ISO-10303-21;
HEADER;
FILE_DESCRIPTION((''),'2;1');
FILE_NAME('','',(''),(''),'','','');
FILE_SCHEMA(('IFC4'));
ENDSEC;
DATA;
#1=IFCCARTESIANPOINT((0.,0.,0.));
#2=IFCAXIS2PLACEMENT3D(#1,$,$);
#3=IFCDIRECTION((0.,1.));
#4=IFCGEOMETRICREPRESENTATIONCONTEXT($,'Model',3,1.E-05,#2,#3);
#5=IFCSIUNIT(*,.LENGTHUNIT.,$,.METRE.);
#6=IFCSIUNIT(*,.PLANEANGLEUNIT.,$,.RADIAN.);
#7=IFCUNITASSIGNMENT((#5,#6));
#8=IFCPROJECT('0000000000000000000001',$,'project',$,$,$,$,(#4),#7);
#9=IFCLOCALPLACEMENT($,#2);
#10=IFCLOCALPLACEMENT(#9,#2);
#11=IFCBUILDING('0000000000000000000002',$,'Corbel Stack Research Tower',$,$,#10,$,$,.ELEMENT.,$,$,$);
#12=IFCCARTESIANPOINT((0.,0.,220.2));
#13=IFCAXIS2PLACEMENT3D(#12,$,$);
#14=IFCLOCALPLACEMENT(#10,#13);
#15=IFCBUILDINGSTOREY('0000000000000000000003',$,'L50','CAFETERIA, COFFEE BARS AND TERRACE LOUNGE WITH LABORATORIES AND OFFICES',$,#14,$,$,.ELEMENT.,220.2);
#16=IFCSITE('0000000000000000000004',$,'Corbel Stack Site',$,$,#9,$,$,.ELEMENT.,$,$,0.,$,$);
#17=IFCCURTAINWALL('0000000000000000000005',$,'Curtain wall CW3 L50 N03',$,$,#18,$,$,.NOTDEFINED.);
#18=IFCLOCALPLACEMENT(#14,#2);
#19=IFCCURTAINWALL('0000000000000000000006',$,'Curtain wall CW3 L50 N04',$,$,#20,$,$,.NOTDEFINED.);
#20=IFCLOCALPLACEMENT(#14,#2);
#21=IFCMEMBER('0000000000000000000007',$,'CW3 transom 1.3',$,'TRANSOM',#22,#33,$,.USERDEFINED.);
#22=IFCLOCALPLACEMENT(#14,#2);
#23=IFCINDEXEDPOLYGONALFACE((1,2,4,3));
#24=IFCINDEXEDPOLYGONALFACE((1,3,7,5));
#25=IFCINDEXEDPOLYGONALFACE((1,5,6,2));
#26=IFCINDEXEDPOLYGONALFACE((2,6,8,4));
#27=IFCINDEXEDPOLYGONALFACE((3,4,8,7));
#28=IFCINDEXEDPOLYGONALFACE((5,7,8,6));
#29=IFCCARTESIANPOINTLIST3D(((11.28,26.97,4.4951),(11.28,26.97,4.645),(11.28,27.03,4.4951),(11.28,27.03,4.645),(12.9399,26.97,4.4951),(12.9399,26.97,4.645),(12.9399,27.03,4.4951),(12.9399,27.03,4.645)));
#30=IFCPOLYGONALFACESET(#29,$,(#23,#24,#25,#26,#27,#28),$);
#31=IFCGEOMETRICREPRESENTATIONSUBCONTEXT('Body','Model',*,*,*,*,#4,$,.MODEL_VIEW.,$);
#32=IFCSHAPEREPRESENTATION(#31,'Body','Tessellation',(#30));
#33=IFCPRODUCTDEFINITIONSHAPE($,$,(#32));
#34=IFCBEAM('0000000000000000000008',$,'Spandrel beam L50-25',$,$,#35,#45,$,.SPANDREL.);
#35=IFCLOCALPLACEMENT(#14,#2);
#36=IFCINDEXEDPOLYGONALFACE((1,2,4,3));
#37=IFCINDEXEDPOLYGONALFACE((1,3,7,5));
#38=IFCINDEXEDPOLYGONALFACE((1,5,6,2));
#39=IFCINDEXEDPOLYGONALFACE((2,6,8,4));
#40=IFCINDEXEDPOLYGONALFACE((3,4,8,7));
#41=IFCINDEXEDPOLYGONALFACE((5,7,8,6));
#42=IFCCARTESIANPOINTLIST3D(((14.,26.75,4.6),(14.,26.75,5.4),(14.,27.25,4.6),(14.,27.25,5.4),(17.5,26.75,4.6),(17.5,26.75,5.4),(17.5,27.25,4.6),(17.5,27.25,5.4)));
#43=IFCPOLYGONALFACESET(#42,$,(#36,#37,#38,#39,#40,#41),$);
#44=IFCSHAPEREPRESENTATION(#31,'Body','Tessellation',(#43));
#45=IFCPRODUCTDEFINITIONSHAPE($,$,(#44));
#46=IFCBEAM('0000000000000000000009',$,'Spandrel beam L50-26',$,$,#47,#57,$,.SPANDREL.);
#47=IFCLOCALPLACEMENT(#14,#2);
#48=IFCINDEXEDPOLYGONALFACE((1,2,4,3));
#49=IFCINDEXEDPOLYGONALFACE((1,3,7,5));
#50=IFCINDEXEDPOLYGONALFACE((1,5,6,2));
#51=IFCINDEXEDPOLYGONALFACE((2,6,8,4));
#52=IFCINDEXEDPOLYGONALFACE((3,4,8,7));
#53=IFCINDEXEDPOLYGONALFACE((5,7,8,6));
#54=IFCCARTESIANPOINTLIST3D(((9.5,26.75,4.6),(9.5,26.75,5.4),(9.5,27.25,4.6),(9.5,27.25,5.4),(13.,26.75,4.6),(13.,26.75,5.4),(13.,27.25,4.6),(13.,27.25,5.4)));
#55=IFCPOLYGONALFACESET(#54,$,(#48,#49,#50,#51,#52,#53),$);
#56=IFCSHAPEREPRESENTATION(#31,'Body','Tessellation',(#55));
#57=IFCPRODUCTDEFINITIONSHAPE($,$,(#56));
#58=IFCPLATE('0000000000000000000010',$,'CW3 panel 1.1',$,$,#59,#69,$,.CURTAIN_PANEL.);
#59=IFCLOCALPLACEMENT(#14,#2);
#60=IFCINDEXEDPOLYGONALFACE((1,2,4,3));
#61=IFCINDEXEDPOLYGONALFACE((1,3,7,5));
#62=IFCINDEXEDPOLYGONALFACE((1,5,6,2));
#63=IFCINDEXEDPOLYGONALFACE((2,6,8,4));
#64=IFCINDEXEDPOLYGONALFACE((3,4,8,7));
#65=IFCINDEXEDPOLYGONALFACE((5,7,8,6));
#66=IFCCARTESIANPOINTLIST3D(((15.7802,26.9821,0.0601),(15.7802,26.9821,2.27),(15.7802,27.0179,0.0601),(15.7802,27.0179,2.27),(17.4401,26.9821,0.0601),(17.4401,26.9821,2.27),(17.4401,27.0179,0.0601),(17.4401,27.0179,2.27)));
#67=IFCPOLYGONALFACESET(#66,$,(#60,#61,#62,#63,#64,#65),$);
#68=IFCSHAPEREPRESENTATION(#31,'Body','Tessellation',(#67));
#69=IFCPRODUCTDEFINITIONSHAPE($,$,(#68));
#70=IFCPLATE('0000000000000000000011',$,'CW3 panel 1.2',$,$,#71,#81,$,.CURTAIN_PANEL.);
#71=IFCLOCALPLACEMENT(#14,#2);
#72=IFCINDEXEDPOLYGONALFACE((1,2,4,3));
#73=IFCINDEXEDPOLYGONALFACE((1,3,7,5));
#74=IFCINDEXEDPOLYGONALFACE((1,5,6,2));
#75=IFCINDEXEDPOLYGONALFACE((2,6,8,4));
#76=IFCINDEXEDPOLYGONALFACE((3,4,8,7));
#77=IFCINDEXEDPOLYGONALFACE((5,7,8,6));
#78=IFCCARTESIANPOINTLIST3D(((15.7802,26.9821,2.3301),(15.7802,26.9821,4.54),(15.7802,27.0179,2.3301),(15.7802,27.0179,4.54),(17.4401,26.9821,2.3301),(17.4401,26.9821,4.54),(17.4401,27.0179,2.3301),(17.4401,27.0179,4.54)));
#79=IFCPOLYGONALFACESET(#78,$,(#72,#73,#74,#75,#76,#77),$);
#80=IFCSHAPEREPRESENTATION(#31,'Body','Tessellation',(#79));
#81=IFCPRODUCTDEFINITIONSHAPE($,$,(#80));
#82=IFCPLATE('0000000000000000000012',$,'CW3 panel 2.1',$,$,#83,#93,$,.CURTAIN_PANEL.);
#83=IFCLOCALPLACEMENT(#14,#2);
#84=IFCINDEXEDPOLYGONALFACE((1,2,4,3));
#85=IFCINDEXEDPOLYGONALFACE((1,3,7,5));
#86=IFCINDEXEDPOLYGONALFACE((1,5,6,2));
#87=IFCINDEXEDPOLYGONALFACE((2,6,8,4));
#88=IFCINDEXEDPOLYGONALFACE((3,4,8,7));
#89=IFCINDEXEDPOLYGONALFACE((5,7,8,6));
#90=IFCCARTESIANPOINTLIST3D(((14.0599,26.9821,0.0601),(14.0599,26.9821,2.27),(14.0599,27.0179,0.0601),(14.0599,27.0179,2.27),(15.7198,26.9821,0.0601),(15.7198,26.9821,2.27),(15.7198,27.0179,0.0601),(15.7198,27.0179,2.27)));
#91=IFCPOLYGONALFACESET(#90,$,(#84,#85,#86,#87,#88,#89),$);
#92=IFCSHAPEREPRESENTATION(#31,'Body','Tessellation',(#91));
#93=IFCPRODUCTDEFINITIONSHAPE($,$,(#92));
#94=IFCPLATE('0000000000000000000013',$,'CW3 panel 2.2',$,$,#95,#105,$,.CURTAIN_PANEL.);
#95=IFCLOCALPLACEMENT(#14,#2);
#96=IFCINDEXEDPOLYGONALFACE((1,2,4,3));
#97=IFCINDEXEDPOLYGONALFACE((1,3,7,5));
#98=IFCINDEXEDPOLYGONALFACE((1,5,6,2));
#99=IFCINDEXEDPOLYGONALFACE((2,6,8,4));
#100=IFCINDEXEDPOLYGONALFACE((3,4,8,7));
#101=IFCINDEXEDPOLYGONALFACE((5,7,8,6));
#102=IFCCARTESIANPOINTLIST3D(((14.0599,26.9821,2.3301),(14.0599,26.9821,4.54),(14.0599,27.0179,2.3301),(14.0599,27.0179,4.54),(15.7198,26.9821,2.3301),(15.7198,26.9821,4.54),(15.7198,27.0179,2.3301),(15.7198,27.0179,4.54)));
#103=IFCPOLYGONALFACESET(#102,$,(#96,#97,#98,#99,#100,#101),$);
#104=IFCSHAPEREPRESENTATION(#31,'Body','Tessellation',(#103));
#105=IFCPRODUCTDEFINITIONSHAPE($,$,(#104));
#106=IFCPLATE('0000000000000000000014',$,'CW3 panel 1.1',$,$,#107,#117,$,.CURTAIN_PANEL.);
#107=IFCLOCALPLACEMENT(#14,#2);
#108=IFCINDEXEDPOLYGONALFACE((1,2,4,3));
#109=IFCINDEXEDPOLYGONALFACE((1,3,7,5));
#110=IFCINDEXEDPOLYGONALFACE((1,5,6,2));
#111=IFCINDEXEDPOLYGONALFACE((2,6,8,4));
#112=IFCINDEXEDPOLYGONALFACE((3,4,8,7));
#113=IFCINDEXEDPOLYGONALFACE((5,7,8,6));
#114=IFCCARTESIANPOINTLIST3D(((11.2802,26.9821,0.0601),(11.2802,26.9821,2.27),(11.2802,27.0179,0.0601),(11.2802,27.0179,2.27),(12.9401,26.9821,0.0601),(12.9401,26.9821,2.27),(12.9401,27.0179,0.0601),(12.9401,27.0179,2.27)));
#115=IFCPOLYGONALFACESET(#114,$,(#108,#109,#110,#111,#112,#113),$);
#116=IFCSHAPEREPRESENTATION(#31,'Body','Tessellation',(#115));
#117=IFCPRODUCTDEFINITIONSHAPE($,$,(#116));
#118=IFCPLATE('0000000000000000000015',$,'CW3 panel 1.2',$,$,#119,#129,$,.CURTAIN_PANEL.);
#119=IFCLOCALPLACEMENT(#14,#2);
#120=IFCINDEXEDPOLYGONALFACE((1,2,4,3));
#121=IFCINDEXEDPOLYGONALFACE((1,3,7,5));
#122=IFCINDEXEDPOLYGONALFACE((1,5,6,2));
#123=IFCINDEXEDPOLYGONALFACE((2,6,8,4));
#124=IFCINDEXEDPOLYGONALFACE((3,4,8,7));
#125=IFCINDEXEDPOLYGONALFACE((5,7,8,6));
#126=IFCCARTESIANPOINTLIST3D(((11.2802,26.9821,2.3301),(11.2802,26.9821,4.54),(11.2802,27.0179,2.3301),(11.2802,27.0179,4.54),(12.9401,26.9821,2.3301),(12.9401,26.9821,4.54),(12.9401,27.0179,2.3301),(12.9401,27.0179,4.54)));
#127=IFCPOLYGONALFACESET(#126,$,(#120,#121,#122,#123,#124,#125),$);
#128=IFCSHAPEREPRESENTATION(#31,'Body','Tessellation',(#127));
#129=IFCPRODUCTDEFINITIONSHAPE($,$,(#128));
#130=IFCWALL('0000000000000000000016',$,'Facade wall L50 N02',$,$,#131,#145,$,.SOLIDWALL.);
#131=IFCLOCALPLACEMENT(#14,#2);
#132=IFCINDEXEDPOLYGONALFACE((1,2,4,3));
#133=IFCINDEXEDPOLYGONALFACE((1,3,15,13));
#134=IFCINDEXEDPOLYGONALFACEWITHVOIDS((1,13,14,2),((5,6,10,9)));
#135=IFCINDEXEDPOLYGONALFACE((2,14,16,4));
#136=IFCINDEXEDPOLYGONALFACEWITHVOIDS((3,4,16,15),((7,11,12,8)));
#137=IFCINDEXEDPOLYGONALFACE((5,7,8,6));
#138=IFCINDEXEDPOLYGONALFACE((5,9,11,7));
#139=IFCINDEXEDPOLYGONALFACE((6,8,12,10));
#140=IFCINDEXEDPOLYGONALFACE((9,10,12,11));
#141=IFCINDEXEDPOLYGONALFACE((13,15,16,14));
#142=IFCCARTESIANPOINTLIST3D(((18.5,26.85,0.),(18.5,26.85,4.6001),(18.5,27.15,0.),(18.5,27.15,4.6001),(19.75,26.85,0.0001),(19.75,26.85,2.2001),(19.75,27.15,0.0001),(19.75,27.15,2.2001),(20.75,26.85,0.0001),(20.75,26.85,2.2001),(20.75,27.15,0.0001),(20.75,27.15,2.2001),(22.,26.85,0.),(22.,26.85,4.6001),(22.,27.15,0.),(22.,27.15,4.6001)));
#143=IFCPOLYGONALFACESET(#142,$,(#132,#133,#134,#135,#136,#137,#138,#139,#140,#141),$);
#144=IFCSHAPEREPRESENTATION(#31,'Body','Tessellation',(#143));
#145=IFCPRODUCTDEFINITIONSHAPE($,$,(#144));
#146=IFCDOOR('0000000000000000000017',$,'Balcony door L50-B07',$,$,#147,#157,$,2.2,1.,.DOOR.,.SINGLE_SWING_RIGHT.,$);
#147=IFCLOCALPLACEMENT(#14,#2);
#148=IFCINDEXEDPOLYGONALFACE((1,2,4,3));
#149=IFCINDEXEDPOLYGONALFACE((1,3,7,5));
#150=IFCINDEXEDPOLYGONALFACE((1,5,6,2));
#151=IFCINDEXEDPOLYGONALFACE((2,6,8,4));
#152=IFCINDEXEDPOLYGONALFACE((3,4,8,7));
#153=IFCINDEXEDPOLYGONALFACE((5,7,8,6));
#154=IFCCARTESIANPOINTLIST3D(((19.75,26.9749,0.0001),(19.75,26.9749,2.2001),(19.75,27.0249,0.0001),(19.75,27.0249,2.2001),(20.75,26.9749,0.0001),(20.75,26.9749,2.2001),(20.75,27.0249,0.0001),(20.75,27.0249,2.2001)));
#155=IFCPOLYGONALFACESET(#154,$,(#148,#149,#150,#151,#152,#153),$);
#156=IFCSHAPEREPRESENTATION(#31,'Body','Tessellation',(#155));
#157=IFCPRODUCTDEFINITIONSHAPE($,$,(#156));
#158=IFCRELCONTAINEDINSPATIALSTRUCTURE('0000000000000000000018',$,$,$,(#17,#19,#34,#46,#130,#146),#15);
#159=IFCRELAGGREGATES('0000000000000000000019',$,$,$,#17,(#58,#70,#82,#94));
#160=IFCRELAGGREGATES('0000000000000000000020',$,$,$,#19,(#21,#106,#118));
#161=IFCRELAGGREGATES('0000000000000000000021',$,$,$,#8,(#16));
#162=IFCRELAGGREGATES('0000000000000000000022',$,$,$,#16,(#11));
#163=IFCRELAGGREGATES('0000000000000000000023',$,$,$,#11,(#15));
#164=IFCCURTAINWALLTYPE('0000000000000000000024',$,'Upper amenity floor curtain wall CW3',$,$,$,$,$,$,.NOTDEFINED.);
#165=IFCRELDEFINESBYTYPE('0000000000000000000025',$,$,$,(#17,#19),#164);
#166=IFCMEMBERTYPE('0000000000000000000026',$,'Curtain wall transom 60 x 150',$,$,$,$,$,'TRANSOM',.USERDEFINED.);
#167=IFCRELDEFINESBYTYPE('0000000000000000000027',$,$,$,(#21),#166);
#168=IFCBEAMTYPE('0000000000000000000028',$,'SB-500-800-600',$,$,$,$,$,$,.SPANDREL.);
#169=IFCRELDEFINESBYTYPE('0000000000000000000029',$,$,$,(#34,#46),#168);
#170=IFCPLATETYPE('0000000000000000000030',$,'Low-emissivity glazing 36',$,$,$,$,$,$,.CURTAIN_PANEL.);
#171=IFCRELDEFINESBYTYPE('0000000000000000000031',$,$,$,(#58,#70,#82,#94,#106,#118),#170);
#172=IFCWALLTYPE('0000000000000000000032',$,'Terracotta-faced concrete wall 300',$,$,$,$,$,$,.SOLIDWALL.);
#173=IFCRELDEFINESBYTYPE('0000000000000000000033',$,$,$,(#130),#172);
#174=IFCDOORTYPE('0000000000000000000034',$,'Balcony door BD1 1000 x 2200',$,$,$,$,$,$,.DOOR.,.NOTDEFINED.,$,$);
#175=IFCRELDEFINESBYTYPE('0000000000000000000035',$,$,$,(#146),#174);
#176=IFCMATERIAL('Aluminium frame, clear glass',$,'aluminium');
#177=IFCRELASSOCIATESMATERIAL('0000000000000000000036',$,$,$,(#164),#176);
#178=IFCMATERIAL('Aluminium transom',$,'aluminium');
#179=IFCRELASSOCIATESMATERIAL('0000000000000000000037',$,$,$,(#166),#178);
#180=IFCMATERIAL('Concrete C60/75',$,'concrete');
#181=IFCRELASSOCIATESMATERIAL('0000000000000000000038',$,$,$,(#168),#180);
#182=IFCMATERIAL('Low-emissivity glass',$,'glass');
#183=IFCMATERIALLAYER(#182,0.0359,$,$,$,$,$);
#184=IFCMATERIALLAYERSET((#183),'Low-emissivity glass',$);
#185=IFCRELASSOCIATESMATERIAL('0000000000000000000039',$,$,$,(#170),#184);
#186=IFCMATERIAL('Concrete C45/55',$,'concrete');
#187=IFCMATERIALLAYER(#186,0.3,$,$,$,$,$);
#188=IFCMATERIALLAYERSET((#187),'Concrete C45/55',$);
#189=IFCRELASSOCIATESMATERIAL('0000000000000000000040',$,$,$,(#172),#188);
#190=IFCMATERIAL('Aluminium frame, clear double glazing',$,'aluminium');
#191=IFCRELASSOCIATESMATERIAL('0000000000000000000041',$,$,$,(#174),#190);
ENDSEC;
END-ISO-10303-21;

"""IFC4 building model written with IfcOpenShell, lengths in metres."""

from ifc_helpers import new_model, si_unit, direction, frame, frame_2d, origin, origin_2d, place, context, subcontext, project, spatial, rectangle, extrude, material, layer, layer_set, material_profile, profile_set, type_object, element, fill, aggregate, save


model = new_model("IFC4")

# Units and contexts
model_context = context("Model", 3, precision=1e-05, world=origin(), true_north=direction((0.0, 1.0)))
body_context = subcontext(model_context, "Body", "Model", "MODEL_VIEW")
ifc_project = project(units=[si_unit("LENGTHUNIT", "METRE"), si_unit("PLANEANGLEUNIT", "RADIAN")], contexts=[model_context])

# Site, building, storey
site_placement = place(None, origin())
site = spatial("IfcSite", under=ifc_project, at=site_placement, Name="Corbel Stack Site", CompositionType="ELEMENT", RefElevation=0.0)
building_placement = place(site_placement, origin())
building = spatial("IfcBuilding", under=site, at=building_placement, Name="Corbel Stack Research Tower", CompositionType="ELEMENT")
storey_placement = place(building_placement, frame((0.0, 0.0, 220.2)))
storey = spatial("IfcBuildingStorey", under=building, at=storey_placement, Name="L50", Description="CAFETERIA, COFFEE BARS AND TERRACE LOUNGE WITH LABORATORIES AND OFFICES", CompositionType="ELEMENT", Elevation=220.2)

# Curtain walls
ifc_material_1 = material(Name="Aluminium frame, clear glass", Category="aluminium")
curtain_wall_type = type_object("IfcCurtainWallType", Name="Upper amenity floor curtain wall CW3", PredefinedType="NOTDEFINED", material=ifc_material_1)
curtain_wall_1_placement = place(storey_placement, origin())
curtain_wall_1 = element("IfcCurtainWall", 1, at=curtain_wall_1_placement, inside=storey, type_object=curtain_wall_type, Name="Curtain wall CW3 L50 N03", PredefinedType="NOTDEFINED")
curtain_wall_2_placement = place(storey_placement, origin())
curtain_wall_2 = element("IfcCurtainWall", 2, at=curtain_wall_2_placement, inside=storey, type_object=curtain_wall_type, Name="Curtain wall CW3 L50 N04", PredefinedType="NOTDEFINED")

# Member
ifc_material_2 = material(Name="Aluminium transom", Category="aluminium")
ifc_material_profile_1 = material_profile(ifc_material_2, rectangle(XDim=0.0601, YDim=0.1499, at=origin_2d()), Name="Transom 60 x 150")
ifc_profile_set_1 = profile_set([ifc_material_profile_1], Name="Aluminium transom")
member_type_1 = type_object("IfcMemberType", Name="Curtain wall transom 60 x 150", ElementType="TRANSOM", PredefinedType="USERDEFINED", material=ifc_profile_set_1)
member_1_placement = place(storey_placement, frame((12.9399, 27.0, 4.5701), z_axis=(-1.0, 0.0, 0.0), x_axis=(0.0, -1.0, 0.0)))
member_1 = element("IfcMember", 3, at=member_1_placement, type_object=member_type_1, Name="CW3 transom 1.3", ObjectType="TRANSOM", PredefinedType="USERDEFINED", context=body_context, shape_type="SweptSolid", body=[
    extrude(rectangle(XDim=0.0601, YDim=0.1499, at=origin_2d()), origin(), (0.0, 0.0, 1.0), 1.6599),
])

# Beams
ifc_material_3 = material(Name="Concrete C60/75", Category="concrete")
ifc_material_profile_2 = material_profile(ifc_material_3, rectangle(XDim=0.5, YDim=0.8, at=origin_2d()), Name="RC 500 x 800")
ifc_profile_set_2 = profile_set([ifc_material_profile_2], Name="Concrete C60/75")
beam_type = type_object("IfcBeamType", Name="SB-500-800-600", PredefinedType="SPANDREL", material=ifc_profile_set_2)
for number, where, z_axis, x_axis, name in (
    (4, (17.5, 27.0, 5.0), (-1.0, 0.0, 0.0), (0.0, -1.0, 0.0), "Spandrel beam L50-25"),
    (5, (13.0, 27.0, 5.0), (-1.0, 0.0, 0.0), (0.0, -1.0, 0.0), "Spandrel beam L50-26"),
):
    element("IfcBeam", number, at=place(storey_placement, frame(where, z_axis=z_axis, x_axis=x_axis)), inside=storey, type_object=beam_type, Name=name, PredefinedType="SPANDREL", context=body_context, shape_type="SweptSolid", body=[
        extrude(rectangle(XDim=0.5, YDim=0.8, at=origin_2d()), origin(), (0.0, 0.0, 1.0), 3.5),
    ])

# Plates
ifc_material_4 = material(Name="Low-emissivity glass", Category="glass")
ifc_layer_1 = layer(ifc_material_4, 0.0359)
ifc_layer_set_1 = layer_set([ifc_layer_1], Name="Low-emissivity glass")
plate_type = type_object("IfcPlateType", Name="Low-emissivity glazing 36", PredefinedType="CURTAIN_PANEL", material=ifc_layer_set_1)
plate_1_placement = place(storey_placement, frame((16.6101, 27.0, 0.0601), z_axis=(0.0, 0.0, 1.0), x_axis=(-1.0, 0.0, 0.0)))
plate_1 = element("IfcPlate", 6, at=plate_1_placement, type_object=plate_type, Name="CW3 panel 1.1", PredefinedType="CURTAIN_PANEL", context=body_context, shape_type="SweptSolid", body=[
    extrude(rectangle(XDim=1.6599, YDim=0.0359, at=origin_2d()), origin(), (0.0, 0.0, 1.0), 2.21),
])
plate_2_placement = place(storey_placement, frame((16.6101, 27.0, 2.3301), z_axis=(0.0, 0.0, 1.0), x_axis=(-1.0, 0.0, 0.0)))
plate_2 = element("IfcPlate", 7, at=plate_2_placement, type_object=plate_type, Name="CW3 panel 1.2", PredefinedType="CURTAIN_PANEL", context=body_context, shape_type="SweptSolid", body=[
    extrude(rectangle(XDim=1.6599, YDim=0.0359, at=origin_2d()), origin(), (0.0, 0.0, 1.0), 2.21),
])
plate_3_placement = place(storey_placement, frame((14.8899, 27.0, 0.0601), z_axis=(0.0, 0.0, 1.0), x_axis=(-1.0, 0.0, 0.0)))
plate_3 = element("IfcPlate", 8, at=plate_3_placement, type_object=plate_type, Name="CW3 panel 2.1", PredefinedType="CURTAIN_PANEL", context=body_context, shape_type="SweptSolid", body=[
    extrude(rectangle(XDim=1.6599, YDim=0.0359, at=origin_2d()), origin(), (0.0, 0.0, 1.0), 2.21),
])
plate_4_placement = place(storey_placement, frame((14.8899, 27.0, 2.3301), z_axis=(0.0, 0.0, 1.0), x_axis=(-1.0, 0.0, 0.0)))
plate_4 = element("IfcPlate", 9, at=plate_4_placement, type_object=plate_type, Name="CW3 panel 2.2", PredefinedType="CURTAIN_PANEL", context=body_context, shape_type="SweptSolid", body=[
    extrude(rectangle(XDim=1.6599, YDim=0.0359, at=origin_2d()), origin(), (0.0, 0.0, 1.0), 2.21),
])
aggregate(curtain_wall_1, [plate_1, plate_2, plate_3, plate_4])
plate_5_placement = place(storey_placement, frame((12.1101, 27.0, 0.0601), z_axis=(0.0, 0.0, 1.0), x_axis=(-1.0, 0.0, 0.0)))
plate_5 = element("IfcPlate", 10, at=plate_5_placement, type_object=plate_type, Name="CW3 panel 1.1", PredefinedType="CURTAIN_PANEL", context=body_context, shape_type="SweptSolid", body=[
    extrude(rectangle(XDim=1.6599, YDim=0.0359, at=origin_2d()), origin(), (0.0, 0.0, 1.0), 2.21),
])
plate_6_placement = place(storey_placement, frame((12.1101, 27.0, 2.3301), z_axis=(0.0, 0.0, 1.0), x_axis=(-1.0, 0.0, 0.0)))
plate_6 = element("IfcPlate", 11, at=plate_6_placement, type_object=plate_type, Name="CW3 panel 1.2", PredefinedType="CURTAIN_PANEL", context=body_context, shape_type="SweptSolid", body=[
    extrude(rectangle(XDim=1.6599, YDim=0.0359, at=origin_2d()), origin(), (0.0, 0.0, 1.0), 2.21),
])
aggregate(curtain_wall_2, [member_1, plate_5, plate_6])

# Wall, opening, door
ifc_material_5 = material(Name="Concrete C45/55", Category="concrete")
ifc_layer_2 = layer(ifc_material_5, 0.3)
ifc_layer_set_2 = layer_set([ifc_layer_2], Name="Concrete C45/55")
wall_type = type_object("IfcWallType", Name="Terracotta-faced concrete wall 300", PredefinedType="SOLIDWALL", material=ifc_layer_set_2)
wall_placement = place(storey_placement, frame((18.5, 27.0, 0.0), z_axis=(0.0, 0.0, 1.0), x_axis=(1.0, 0.0, 0.0)))
wall = element("IfcWall", 12, at=wall_placement, inside=storey, type_object=wall_type, Name="Facade wall L50 N02", PredefinedType="SOLIDWALL", context=body_context, shape_type="SweptSolid", body=[
    extrude(rectangle(XDim=3.5, YDim=0.3, at=frame_2d((1.75, 0.0))), origin(), (0.0, 0.0, 1.0), 4.6001),
])
opening_placement = place(wall_placement, frame((1.25, 0.0, 0.0)))
opening = element("IfcOpeningElement", 13, at=opening_placement, cuts=wall, PredefinedType="OPENING", context=body_context, shape_type="SweptSolid", body=[
    extrude(rectangle(XDim=1.0, YDim=2.2, at=frame_2d((0.5, 1.1001))), frame((0.0, 0.1599, 0.0), z_axis=(0.0, -1.0, 0.0), x_axis=(1.0, 0.0, 0.0)), (0.0, 0.0, 1.0), 0.3201),
])
ifc_material_6 = material(Name="Aluminium frame, clear double glazing", Category="aluminium")
door_type = type_object("IfcDoorType", Name="Balcony door BD1 1000 x 2200", OperationType="NOTDEFINED", PredefinedType="DOOR", material=ifc_material_6)
door_placement = place(opening_placement, origin())
door = element("IfcDoor", 14, at=door_placement, inside=storey, type_object=door_type, Name="Balcony door L50-B07", OperationType="SINGLE_SWING_RIGHT", OverallHeight=2.2, OverallWidth=1.0, PredefinedType="DOOR", context=body_context, shape_type="SweptSolid", body=[
    extrude(rectangle(XDim=1.0, YDim=2.2, at=frame_2d((0.5, 1.1001))), frame((0.0, 0.0249, 0.0), z_axis=(0.0, -1.0, 0.0), x_axis=(1.0, 0.0, 0.0)), (0.0, 0.0, 1.0), 0.05),
])
fill(opening, door)

save(model, "model.ifc")
